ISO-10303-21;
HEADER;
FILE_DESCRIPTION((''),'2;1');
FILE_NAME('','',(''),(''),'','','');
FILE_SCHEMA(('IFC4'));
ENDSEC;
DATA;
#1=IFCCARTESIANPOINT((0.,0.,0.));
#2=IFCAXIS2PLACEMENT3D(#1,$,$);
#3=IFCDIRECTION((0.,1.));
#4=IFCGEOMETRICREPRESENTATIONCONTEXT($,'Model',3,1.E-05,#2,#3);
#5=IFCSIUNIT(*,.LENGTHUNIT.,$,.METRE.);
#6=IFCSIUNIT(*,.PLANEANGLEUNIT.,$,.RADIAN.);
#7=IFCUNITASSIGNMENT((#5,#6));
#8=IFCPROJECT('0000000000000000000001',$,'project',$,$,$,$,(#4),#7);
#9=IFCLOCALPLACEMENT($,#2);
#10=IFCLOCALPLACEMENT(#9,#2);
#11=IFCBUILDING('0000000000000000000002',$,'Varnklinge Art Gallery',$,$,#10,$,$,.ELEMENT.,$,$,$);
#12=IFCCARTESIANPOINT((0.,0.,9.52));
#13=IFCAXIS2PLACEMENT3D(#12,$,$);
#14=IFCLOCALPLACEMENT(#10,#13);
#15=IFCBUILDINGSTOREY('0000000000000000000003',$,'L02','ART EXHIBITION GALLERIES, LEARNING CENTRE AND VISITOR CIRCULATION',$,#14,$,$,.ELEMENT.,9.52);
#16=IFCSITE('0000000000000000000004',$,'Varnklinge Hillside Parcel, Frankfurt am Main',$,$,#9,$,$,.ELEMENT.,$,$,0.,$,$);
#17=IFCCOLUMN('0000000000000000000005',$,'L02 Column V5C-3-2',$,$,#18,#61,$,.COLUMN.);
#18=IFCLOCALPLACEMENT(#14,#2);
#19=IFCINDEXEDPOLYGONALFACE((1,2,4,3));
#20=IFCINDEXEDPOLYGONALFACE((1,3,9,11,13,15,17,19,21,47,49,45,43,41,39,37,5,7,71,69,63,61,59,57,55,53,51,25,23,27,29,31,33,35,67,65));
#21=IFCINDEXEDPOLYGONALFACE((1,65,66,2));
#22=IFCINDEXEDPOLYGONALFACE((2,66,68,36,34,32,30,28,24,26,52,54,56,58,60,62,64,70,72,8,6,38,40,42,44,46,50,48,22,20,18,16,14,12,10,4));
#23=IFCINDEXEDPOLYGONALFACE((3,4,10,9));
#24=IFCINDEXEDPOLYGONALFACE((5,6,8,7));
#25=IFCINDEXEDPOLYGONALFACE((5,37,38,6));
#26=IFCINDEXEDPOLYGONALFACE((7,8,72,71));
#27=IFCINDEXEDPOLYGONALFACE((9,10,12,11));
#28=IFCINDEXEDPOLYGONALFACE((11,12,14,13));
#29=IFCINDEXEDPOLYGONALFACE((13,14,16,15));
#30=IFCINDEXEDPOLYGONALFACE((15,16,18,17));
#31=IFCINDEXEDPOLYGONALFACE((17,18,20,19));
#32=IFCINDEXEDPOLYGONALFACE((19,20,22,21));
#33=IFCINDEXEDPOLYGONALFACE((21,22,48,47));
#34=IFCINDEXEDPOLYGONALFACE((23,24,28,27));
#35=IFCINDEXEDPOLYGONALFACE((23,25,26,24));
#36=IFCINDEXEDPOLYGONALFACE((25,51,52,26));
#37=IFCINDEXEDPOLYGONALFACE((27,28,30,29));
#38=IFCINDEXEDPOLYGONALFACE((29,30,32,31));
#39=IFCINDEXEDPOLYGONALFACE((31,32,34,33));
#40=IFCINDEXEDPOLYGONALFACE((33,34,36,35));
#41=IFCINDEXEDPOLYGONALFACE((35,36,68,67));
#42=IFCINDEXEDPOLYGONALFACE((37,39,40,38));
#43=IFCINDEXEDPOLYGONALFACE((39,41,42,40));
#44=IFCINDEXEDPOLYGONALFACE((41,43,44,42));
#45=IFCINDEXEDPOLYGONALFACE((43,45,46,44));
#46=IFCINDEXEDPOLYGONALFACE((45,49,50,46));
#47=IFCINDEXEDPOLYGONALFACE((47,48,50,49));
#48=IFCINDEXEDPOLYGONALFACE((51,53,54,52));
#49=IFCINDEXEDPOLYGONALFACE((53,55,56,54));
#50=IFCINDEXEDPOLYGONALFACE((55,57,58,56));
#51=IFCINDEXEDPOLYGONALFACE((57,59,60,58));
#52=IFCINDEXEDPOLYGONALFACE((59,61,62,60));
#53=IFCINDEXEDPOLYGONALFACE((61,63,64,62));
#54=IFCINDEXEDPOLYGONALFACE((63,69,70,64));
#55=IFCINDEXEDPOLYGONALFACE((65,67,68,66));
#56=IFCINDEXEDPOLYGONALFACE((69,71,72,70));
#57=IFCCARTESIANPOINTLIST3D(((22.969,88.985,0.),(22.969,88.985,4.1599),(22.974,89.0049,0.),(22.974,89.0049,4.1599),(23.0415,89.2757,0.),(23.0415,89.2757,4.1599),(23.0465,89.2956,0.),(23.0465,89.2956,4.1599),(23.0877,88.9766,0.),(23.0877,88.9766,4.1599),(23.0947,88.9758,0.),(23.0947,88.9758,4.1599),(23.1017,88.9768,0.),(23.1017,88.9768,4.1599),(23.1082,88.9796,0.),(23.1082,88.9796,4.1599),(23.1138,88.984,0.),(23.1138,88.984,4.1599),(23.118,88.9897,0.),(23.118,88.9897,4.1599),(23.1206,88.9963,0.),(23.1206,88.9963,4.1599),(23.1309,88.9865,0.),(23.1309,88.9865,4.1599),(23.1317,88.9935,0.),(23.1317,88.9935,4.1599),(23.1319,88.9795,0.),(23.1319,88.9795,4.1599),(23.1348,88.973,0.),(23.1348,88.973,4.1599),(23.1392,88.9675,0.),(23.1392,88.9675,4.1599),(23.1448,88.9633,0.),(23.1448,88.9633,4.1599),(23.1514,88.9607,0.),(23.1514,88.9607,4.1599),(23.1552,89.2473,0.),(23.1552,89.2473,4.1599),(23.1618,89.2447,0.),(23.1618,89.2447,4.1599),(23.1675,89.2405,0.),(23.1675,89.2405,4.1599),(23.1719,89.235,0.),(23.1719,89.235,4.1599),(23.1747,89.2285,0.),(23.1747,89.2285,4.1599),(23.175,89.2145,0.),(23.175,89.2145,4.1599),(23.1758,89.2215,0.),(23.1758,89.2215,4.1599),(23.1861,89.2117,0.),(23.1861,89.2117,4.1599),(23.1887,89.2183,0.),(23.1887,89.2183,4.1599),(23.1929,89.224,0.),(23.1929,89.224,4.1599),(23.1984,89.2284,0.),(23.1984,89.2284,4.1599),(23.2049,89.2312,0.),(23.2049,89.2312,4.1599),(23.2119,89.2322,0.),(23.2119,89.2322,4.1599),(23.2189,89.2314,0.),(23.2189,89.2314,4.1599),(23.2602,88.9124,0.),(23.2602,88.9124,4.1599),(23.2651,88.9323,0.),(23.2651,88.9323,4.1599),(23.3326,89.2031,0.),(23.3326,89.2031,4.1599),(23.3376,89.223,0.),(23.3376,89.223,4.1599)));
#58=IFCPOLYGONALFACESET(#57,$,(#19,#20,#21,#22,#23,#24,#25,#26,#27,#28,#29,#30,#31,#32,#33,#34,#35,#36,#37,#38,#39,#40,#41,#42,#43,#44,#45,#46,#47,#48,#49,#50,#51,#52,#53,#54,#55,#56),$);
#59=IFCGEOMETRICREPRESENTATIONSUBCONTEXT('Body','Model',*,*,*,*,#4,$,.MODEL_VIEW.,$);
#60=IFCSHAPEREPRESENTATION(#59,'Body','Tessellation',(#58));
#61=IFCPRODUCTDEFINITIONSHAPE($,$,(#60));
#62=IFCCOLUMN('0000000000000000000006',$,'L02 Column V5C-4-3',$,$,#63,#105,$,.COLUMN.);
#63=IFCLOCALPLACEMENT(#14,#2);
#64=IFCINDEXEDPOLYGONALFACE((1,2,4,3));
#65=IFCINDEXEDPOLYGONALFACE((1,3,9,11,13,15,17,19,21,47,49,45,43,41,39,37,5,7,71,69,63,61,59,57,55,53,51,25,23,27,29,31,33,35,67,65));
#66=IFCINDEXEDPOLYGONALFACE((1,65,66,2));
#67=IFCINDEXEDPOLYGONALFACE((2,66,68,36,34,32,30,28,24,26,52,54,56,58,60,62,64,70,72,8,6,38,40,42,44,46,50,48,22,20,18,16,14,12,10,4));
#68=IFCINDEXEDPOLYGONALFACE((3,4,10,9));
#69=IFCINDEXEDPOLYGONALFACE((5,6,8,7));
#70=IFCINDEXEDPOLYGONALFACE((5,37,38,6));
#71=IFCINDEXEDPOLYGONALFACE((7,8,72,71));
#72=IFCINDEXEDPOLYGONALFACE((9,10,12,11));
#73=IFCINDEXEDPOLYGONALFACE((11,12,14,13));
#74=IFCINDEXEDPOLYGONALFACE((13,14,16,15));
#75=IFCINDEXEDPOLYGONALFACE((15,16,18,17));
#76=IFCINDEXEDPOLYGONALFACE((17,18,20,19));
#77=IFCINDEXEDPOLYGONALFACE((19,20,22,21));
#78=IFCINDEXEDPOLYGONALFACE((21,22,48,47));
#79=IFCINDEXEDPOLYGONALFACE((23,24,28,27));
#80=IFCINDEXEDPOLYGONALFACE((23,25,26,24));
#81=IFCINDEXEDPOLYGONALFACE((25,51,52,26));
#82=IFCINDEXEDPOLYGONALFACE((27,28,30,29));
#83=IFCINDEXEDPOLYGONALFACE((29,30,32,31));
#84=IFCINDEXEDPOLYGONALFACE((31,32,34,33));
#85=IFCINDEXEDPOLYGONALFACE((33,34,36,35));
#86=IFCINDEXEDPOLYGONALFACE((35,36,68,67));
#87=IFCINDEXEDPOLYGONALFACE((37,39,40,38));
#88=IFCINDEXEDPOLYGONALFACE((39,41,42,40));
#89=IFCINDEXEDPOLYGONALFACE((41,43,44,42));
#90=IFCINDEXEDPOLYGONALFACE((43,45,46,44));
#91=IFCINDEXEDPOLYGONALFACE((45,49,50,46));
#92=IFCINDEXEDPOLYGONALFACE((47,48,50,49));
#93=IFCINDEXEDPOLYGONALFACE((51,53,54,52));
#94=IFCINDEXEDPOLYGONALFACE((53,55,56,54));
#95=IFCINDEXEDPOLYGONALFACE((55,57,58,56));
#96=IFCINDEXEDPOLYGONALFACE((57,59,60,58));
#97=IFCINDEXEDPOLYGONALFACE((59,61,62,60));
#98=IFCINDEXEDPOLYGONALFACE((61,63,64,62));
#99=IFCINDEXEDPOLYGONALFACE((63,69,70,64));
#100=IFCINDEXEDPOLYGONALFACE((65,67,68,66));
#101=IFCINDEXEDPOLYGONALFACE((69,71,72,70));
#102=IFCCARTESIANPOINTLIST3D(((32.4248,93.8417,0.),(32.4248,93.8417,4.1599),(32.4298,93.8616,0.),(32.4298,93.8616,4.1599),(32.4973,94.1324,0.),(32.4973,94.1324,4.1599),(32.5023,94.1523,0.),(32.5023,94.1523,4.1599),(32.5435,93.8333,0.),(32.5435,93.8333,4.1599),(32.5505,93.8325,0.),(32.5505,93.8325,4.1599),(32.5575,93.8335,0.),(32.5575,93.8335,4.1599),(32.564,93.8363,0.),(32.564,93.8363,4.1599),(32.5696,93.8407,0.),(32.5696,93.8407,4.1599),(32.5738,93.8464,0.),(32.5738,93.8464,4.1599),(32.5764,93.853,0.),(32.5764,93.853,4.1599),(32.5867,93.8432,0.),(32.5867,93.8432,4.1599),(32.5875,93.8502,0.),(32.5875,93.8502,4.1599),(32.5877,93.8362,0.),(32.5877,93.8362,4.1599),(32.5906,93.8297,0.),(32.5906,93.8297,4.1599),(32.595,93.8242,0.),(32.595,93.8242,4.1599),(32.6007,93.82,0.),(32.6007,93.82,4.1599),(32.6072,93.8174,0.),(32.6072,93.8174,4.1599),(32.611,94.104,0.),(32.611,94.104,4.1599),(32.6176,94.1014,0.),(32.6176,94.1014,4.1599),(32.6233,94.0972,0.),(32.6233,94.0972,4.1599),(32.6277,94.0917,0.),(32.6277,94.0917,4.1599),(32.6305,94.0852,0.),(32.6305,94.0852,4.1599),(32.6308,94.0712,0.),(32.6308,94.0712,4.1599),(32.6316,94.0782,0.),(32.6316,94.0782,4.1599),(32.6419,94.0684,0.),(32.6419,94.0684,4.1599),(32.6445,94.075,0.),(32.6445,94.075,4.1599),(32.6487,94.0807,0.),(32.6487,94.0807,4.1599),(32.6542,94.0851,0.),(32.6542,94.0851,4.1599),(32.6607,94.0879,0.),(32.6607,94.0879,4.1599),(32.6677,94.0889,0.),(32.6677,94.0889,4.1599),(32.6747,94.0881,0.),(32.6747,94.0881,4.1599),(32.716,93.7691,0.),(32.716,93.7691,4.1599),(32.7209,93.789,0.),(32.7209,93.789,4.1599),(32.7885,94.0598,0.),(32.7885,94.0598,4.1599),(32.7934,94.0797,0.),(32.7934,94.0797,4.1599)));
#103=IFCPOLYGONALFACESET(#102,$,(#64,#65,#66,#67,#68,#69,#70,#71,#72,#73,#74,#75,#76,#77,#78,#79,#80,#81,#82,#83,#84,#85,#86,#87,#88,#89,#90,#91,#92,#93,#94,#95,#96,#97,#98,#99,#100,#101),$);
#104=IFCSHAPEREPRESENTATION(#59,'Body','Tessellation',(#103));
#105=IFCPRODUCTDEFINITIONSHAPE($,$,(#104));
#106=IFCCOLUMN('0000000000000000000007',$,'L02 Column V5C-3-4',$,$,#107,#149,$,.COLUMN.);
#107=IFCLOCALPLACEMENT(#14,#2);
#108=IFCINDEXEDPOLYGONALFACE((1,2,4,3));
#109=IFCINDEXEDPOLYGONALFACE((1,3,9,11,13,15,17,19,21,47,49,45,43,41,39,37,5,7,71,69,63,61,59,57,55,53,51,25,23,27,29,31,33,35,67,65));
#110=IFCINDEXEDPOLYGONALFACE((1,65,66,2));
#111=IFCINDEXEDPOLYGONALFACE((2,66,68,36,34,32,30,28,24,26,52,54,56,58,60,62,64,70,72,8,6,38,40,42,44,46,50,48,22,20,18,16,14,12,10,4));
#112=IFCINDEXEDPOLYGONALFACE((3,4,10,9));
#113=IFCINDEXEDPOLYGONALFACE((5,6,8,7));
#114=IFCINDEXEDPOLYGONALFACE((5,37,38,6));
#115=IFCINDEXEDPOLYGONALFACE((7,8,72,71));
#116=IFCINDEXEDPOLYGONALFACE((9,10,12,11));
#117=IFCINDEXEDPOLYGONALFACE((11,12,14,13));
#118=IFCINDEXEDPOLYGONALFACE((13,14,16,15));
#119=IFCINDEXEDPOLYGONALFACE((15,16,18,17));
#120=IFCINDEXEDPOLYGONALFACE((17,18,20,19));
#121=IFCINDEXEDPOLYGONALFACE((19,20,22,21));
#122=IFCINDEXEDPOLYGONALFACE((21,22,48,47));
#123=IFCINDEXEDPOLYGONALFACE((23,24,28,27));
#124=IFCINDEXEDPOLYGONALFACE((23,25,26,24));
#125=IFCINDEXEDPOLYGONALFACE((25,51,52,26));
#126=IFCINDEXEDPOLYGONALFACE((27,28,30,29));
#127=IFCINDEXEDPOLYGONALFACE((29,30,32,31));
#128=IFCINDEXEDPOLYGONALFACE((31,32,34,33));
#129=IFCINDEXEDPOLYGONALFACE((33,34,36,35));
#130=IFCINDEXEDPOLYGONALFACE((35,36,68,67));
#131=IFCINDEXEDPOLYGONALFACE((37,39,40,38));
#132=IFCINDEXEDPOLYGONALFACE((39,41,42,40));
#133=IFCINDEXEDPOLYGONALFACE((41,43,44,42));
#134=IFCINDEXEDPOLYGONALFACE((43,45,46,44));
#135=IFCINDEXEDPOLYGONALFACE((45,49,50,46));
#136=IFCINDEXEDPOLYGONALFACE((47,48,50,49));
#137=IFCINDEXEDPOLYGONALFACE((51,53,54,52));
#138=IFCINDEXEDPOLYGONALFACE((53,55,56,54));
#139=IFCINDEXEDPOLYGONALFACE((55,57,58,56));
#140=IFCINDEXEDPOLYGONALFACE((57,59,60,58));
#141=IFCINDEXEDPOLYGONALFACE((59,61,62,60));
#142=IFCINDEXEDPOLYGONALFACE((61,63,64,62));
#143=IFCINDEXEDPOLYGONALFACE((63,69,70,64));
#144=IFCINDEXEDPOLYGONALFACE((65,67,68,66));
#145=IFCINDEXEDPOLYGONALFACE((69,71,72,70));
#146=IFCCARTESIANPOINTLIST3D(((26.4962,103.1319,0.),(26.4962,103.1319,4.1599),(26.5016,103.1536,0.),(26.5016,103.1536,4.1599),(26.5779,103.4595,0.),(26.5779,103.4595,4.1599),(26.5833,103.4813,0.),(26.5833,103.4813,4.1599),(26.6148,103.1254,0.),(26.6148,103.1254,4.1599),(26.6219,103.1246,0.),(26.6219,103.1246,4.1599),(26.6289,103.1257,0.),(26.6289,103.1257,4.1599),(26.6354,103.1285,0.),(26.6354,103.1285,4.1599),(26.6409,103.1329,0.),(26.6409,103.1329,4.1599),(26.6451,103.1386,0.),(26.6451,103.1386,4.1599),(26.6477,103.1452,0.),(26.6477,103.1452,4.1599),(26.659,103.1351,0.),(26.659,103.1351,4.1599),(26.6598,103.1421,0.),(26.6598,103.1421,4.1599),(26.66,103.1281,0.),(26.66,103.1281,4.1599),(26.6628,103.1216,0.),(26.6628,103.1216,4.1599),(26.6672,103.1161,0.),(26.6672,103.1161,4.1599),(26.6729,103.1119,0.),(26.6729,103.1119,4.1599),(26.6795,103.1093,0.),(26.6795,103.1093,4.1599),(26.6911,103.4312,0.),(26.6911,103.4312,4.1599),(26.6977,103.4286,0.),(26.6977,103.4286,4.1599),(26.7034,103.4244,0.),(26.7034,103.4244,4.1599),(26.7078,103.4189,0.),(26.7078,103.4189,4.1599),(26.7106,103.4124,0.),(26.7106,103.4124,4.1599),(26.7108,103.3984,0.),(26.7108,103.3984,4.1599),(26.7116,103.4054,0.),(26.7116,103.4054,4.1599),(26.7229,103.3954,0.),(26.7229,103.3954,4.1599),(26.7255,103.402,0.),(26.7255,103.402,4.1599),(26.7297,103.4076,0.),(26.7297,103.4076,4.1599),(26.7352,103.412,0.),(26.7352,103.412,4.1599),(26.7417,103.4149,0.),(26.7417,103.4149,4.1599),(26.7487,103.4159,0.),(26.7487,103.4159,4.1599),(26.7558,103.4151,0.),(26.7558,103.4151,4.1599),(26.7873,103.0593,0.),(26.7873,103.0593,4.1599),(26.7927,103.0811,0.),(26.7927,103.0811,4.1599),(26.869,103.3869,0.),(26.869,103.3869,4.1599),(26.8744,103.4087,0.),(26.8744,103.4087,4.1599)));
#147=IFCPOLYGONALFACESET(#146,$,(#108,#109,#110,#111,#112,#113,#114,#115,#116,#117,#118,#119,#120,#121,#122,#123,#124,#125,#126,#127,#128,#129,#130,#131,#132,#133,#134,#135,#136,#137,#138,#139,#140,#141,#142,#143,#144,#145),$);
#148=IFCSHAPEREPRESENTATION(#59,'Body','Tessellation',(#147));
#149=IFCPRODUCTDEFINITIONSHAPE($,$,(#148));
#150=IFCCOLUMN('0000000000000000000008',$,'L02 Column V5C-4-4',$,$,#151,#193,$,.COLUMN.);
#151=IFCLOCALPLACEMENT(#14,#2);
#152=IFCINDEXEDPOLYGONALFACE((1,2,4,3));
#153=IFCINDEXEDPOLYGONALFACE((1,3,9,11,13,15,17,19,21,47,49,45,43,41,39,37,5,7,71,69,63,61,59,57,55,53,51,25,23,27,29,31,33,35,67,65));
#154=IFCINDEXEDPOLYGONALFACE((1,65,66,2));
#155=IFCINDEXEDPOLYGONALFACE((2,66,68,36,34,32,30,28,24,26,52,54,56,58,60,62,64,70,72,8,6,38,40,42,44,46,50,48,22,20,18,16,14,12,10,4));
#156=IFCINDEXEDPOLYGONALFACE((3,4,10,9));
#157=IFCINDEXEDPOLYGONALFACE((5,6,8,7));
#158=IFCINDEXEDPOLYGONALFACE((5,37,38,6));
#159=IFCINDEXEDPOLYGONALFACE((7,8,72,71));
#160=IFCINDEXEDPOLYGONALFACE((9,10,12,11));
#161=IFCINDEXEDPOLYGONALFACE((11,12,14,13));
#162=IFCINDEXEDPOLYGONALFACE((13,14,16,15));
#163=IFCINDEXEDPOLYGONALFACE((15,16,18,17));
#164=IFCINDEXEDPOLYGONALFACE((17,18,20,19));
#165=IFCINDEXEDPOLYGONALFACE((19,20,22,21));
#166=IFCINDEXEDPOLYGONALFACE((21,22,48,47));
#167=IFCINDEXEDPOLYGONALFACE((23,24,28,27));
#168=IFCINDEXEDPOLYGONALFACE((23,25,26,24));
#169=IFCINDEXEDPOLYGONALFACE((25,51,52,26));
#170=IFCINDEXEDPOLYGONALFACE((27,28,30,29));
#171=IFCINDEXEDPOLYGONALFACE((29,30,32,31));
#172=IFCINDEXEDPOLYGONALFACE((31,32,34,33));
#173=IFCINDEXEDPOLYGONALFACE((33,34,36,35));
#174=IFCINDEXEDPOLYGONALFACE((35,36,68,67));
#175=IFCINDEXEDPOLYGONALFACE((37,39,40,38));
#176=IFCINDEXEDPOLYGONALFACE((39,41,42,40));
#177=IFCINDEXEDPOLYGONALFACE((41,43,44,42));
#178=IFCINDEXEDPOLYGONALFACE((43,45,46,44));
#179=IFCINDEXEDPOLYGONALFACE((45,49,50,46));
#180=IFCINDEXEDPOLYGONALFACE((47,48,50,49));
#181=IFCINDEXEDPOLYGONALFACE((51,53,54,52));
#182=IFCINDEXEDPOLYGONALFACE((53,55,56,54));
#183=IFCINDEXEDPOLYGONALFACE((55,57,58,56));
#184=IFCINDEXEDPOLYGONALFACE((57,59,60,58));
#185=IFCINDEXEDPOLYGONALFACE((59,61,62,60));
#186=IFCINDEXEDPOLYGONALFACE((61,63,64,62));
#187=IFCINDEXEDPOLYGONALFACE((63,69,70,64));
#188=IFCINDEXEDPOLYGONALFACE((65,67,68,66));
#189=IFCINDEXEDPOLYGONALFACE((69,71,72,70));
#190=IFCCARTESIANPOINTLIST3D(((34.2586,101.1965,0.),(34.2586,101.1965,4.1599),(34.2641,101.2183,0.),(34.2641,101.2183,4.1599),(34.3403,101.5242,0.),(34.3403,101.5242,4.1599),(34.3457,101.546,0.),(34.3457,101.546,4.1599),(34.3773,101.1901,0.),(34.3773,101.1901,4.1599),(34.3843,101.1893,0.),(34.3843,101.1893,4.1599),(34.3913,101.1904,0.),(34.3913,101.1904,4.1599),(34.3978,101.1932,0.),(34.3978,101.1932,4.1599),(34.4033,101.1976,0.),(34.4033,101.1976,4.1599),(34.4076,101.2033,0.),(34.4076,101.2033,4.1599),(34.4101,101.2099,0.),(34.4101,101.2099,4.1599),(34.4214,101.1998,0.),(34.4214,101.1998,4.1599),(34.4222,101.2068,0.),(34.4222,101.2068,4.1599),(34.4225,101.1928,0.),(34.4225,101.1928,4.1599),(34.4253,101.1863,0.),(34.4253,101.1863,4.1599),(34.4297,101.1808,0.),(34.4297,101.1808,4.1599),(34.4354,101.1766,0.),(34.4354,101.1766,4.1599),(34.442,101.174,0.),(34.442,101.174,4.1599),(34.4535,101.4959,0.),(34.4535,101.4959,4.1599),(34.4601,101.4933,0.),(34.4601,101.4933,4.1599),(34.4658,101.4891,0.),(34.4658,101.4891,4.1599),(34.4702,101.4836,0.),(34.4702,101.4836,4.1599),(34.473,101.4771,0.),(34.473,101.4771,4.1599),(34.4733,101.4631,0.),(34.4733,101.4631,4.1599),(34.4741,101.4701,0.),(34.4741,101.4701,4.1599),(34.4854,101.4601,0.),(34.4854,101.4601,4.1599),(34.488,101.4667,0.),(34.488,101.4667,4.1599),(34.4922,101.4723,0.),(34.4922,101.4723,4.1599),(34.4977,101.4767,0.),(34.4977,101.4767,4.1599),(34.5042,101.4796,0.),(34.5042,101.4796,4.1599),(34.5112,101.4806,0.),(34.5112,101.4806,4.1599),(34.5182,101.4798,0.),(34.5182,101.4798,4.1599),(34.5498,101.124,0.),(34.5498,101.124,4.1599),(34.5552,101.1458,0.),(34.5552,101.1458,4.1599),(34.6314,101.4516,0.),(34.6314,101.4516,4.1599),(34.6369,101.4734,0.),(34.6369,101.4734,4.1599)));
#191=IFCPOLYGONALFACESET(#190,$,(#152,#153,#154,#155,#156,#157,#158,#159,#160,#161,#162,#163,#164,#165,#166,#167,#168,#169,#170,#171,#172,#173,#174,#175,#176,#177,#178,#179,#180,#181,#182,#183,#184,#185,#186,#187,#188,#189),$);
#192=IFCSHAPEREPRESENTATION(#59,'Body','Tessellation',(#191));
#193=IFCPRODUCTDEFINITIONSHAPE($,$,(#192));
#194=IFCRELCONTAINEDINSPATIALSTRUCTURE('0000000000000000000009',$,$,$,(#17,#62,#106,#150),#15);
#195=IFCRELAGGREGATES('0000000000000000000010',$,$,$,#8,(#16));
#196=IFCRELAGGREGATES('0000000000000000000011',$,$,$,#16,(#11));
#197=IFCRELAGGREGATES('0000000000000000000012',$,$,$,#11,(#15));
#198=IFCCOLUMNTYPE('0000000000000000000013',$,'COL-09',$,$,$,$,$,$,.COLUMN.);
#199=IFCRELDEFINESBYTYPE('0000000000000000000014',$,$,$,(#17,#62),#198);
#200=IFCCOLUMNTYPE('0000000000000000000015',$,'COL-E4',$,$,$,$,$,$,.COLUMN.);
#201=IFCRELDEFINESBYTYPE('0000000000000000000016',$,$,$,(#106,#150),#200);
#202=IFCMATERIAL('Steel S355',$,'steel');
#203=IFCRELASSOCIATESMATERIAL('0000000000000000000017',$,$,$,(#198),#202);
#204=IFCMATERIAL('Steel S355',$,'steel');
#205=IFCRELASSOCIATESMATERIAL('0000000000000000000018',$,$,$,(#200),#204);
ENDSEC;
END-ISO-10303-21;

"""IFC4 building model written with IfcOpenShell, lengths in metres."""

from ifc_helpers import new_model, si_unit, direction, frame, origin, origin_2d, place, context, subcontext, project, spatial, i_section, extrude, material, material_profile, profile_set, type_object, element, save


model = new_model("IFC4")

# Units and contexts
model_context = context("Model", 3, precision=1e-05, world=origin(), true_north=direction((0.0, 1.0)))
body_context = subcontext(model_context, "Body", "Model", "MODEL_VIEW")
ifc_project = project(units=[si_unit("LENGTHUNIT", "METRE"), si_unit("PLANEANGLEUNIT", "RADIAN")], contexts=[model_context])

# Site, building, storey
site_placement = place(None, origin())
site = spatial("IfcSite", under=ifc_project, at=site_placement, Name="Varnklinge Hillside Parcel, Frankfurt am Main", CompositionType="ELEMENT", RefElevation=0.0)
building_placement = place(site_placement, origin())
building = spatial("IfcBuilding", under=site, at=building_placement, Name="Varnklinge Art Gallery", CompositionType="ELEMENT")
storey_placement = place(building_placement, frame((0.0, 0.0, 9.52)))
storey = spatial("IfcBuildingStorey", under=building, at=storey_placement, Name="L02", Description="ART EXHIBITION GALLERIES, LEARNING CENTRE AND VISITOR CIRCULATION", CompositionType="ELEMENT", Elevation=9.52)

# Columns
ifc_material_1 = material(Name="Steel S355", Category="steel")
ifc_material_profile_1 = material_profile(ifc_material_1, i_section(OverallWidth=0.3, OverallDepth=0.3201, WebThickness=0.0115, FlangeThickness=0.0205, FilletRadius=0.0271, at=origin_2d()), Name="HEB 320")
ifc_profile_set_1 = profile_set([ifc_material_profile_1], Name="Steel S355")
column_type_1 = type_object("IfcColumnType", Name="COL-09", PredefinedType="COLUMN", material=ifc_profile_set_1)
for number, where, z_axis, x_axis, name in (
    (1, (23.1533, 89.104, 0.0), (0.0, 0.0, 1.0), (0.970296, -0.241922, 0.0), "L02 Column V5C-3-2"),
    (2, (32.6091, 93.9607, 0.0), (0.0, 0.0, 1.0), (0.970296, -0.241922, 0.0), "L02 Column V5C-4-3"),
):
    element("IfcColumn", number, at=place(storey_placement, frame(where, z_axis=z_axis, x_axis=x_axis)), inside=storey, type_object=column_type_1, Name=name, PredefinedType="COLUMN", context=body_context, shape_type="SweptSolid", body=[
        extrude(i_section(OverallWidth=0.3, OverallDepth=0.3201, WebThickness=0.0115, FlangeThickness=0.0205, FilletRadius=0.0271, at=origin_2d()), origin(), (0.0, 0.0, 1.0), 4.1599),
    ])
ifc_material_2 = material(Name="Steel S355", Category="steel")
ifc_material_profile_2 = material_profile(ifc_material_2, i_section(OverallWidth=0.3, OverallDepth=0.3601, WebThickness=0.0125, FlangeThickness=0.0225, FilletRadius=0.0271, at=origin_2d()), Name="HEB 360")
ifc_profile_set_2 = profile_set([ifc_material_profile_2], Name="Steel S355")
column_type_2 = type_object("IfcColumnType", Name="COL-E4", PredefinedType="COLUMN", material=ifc_profile_set_2)
for number, where, z_axis, x_axis, name in (
    (3, (26.6853, 103.2703, 0.0), (0.0, 0.0, 1.0), (0.970296, -0.241922, 0.0), "L02 Column V5C-3-4"),
    (4, (34.4478, 101.335, 0.0), (0.0, 0.0, 1.0), (0.970296, -0.241922, 0.0), "L02 Column V5C-4-4"),
):
    element("IfcColumn", number, at=place(storey_placement, frame(where, z_axis=z_axis, x_axis=x_axis)), inside=storey, type_object=column_type_2, Name=name, PredefinedType="COLUMN", context=body_context, shape_type="SweptSolid", body=[
        extrude(i_section(OverallWidth=0.3, OverallDepth=0.3601, WebThickness=0.0125, FlangeThickness=0.0225, FilletRadius=0.0271, at=origin_2d()), origin(), (0.0, 0.0, 1.0), 4.1599),
    ])

save(model, "model.ifc")
